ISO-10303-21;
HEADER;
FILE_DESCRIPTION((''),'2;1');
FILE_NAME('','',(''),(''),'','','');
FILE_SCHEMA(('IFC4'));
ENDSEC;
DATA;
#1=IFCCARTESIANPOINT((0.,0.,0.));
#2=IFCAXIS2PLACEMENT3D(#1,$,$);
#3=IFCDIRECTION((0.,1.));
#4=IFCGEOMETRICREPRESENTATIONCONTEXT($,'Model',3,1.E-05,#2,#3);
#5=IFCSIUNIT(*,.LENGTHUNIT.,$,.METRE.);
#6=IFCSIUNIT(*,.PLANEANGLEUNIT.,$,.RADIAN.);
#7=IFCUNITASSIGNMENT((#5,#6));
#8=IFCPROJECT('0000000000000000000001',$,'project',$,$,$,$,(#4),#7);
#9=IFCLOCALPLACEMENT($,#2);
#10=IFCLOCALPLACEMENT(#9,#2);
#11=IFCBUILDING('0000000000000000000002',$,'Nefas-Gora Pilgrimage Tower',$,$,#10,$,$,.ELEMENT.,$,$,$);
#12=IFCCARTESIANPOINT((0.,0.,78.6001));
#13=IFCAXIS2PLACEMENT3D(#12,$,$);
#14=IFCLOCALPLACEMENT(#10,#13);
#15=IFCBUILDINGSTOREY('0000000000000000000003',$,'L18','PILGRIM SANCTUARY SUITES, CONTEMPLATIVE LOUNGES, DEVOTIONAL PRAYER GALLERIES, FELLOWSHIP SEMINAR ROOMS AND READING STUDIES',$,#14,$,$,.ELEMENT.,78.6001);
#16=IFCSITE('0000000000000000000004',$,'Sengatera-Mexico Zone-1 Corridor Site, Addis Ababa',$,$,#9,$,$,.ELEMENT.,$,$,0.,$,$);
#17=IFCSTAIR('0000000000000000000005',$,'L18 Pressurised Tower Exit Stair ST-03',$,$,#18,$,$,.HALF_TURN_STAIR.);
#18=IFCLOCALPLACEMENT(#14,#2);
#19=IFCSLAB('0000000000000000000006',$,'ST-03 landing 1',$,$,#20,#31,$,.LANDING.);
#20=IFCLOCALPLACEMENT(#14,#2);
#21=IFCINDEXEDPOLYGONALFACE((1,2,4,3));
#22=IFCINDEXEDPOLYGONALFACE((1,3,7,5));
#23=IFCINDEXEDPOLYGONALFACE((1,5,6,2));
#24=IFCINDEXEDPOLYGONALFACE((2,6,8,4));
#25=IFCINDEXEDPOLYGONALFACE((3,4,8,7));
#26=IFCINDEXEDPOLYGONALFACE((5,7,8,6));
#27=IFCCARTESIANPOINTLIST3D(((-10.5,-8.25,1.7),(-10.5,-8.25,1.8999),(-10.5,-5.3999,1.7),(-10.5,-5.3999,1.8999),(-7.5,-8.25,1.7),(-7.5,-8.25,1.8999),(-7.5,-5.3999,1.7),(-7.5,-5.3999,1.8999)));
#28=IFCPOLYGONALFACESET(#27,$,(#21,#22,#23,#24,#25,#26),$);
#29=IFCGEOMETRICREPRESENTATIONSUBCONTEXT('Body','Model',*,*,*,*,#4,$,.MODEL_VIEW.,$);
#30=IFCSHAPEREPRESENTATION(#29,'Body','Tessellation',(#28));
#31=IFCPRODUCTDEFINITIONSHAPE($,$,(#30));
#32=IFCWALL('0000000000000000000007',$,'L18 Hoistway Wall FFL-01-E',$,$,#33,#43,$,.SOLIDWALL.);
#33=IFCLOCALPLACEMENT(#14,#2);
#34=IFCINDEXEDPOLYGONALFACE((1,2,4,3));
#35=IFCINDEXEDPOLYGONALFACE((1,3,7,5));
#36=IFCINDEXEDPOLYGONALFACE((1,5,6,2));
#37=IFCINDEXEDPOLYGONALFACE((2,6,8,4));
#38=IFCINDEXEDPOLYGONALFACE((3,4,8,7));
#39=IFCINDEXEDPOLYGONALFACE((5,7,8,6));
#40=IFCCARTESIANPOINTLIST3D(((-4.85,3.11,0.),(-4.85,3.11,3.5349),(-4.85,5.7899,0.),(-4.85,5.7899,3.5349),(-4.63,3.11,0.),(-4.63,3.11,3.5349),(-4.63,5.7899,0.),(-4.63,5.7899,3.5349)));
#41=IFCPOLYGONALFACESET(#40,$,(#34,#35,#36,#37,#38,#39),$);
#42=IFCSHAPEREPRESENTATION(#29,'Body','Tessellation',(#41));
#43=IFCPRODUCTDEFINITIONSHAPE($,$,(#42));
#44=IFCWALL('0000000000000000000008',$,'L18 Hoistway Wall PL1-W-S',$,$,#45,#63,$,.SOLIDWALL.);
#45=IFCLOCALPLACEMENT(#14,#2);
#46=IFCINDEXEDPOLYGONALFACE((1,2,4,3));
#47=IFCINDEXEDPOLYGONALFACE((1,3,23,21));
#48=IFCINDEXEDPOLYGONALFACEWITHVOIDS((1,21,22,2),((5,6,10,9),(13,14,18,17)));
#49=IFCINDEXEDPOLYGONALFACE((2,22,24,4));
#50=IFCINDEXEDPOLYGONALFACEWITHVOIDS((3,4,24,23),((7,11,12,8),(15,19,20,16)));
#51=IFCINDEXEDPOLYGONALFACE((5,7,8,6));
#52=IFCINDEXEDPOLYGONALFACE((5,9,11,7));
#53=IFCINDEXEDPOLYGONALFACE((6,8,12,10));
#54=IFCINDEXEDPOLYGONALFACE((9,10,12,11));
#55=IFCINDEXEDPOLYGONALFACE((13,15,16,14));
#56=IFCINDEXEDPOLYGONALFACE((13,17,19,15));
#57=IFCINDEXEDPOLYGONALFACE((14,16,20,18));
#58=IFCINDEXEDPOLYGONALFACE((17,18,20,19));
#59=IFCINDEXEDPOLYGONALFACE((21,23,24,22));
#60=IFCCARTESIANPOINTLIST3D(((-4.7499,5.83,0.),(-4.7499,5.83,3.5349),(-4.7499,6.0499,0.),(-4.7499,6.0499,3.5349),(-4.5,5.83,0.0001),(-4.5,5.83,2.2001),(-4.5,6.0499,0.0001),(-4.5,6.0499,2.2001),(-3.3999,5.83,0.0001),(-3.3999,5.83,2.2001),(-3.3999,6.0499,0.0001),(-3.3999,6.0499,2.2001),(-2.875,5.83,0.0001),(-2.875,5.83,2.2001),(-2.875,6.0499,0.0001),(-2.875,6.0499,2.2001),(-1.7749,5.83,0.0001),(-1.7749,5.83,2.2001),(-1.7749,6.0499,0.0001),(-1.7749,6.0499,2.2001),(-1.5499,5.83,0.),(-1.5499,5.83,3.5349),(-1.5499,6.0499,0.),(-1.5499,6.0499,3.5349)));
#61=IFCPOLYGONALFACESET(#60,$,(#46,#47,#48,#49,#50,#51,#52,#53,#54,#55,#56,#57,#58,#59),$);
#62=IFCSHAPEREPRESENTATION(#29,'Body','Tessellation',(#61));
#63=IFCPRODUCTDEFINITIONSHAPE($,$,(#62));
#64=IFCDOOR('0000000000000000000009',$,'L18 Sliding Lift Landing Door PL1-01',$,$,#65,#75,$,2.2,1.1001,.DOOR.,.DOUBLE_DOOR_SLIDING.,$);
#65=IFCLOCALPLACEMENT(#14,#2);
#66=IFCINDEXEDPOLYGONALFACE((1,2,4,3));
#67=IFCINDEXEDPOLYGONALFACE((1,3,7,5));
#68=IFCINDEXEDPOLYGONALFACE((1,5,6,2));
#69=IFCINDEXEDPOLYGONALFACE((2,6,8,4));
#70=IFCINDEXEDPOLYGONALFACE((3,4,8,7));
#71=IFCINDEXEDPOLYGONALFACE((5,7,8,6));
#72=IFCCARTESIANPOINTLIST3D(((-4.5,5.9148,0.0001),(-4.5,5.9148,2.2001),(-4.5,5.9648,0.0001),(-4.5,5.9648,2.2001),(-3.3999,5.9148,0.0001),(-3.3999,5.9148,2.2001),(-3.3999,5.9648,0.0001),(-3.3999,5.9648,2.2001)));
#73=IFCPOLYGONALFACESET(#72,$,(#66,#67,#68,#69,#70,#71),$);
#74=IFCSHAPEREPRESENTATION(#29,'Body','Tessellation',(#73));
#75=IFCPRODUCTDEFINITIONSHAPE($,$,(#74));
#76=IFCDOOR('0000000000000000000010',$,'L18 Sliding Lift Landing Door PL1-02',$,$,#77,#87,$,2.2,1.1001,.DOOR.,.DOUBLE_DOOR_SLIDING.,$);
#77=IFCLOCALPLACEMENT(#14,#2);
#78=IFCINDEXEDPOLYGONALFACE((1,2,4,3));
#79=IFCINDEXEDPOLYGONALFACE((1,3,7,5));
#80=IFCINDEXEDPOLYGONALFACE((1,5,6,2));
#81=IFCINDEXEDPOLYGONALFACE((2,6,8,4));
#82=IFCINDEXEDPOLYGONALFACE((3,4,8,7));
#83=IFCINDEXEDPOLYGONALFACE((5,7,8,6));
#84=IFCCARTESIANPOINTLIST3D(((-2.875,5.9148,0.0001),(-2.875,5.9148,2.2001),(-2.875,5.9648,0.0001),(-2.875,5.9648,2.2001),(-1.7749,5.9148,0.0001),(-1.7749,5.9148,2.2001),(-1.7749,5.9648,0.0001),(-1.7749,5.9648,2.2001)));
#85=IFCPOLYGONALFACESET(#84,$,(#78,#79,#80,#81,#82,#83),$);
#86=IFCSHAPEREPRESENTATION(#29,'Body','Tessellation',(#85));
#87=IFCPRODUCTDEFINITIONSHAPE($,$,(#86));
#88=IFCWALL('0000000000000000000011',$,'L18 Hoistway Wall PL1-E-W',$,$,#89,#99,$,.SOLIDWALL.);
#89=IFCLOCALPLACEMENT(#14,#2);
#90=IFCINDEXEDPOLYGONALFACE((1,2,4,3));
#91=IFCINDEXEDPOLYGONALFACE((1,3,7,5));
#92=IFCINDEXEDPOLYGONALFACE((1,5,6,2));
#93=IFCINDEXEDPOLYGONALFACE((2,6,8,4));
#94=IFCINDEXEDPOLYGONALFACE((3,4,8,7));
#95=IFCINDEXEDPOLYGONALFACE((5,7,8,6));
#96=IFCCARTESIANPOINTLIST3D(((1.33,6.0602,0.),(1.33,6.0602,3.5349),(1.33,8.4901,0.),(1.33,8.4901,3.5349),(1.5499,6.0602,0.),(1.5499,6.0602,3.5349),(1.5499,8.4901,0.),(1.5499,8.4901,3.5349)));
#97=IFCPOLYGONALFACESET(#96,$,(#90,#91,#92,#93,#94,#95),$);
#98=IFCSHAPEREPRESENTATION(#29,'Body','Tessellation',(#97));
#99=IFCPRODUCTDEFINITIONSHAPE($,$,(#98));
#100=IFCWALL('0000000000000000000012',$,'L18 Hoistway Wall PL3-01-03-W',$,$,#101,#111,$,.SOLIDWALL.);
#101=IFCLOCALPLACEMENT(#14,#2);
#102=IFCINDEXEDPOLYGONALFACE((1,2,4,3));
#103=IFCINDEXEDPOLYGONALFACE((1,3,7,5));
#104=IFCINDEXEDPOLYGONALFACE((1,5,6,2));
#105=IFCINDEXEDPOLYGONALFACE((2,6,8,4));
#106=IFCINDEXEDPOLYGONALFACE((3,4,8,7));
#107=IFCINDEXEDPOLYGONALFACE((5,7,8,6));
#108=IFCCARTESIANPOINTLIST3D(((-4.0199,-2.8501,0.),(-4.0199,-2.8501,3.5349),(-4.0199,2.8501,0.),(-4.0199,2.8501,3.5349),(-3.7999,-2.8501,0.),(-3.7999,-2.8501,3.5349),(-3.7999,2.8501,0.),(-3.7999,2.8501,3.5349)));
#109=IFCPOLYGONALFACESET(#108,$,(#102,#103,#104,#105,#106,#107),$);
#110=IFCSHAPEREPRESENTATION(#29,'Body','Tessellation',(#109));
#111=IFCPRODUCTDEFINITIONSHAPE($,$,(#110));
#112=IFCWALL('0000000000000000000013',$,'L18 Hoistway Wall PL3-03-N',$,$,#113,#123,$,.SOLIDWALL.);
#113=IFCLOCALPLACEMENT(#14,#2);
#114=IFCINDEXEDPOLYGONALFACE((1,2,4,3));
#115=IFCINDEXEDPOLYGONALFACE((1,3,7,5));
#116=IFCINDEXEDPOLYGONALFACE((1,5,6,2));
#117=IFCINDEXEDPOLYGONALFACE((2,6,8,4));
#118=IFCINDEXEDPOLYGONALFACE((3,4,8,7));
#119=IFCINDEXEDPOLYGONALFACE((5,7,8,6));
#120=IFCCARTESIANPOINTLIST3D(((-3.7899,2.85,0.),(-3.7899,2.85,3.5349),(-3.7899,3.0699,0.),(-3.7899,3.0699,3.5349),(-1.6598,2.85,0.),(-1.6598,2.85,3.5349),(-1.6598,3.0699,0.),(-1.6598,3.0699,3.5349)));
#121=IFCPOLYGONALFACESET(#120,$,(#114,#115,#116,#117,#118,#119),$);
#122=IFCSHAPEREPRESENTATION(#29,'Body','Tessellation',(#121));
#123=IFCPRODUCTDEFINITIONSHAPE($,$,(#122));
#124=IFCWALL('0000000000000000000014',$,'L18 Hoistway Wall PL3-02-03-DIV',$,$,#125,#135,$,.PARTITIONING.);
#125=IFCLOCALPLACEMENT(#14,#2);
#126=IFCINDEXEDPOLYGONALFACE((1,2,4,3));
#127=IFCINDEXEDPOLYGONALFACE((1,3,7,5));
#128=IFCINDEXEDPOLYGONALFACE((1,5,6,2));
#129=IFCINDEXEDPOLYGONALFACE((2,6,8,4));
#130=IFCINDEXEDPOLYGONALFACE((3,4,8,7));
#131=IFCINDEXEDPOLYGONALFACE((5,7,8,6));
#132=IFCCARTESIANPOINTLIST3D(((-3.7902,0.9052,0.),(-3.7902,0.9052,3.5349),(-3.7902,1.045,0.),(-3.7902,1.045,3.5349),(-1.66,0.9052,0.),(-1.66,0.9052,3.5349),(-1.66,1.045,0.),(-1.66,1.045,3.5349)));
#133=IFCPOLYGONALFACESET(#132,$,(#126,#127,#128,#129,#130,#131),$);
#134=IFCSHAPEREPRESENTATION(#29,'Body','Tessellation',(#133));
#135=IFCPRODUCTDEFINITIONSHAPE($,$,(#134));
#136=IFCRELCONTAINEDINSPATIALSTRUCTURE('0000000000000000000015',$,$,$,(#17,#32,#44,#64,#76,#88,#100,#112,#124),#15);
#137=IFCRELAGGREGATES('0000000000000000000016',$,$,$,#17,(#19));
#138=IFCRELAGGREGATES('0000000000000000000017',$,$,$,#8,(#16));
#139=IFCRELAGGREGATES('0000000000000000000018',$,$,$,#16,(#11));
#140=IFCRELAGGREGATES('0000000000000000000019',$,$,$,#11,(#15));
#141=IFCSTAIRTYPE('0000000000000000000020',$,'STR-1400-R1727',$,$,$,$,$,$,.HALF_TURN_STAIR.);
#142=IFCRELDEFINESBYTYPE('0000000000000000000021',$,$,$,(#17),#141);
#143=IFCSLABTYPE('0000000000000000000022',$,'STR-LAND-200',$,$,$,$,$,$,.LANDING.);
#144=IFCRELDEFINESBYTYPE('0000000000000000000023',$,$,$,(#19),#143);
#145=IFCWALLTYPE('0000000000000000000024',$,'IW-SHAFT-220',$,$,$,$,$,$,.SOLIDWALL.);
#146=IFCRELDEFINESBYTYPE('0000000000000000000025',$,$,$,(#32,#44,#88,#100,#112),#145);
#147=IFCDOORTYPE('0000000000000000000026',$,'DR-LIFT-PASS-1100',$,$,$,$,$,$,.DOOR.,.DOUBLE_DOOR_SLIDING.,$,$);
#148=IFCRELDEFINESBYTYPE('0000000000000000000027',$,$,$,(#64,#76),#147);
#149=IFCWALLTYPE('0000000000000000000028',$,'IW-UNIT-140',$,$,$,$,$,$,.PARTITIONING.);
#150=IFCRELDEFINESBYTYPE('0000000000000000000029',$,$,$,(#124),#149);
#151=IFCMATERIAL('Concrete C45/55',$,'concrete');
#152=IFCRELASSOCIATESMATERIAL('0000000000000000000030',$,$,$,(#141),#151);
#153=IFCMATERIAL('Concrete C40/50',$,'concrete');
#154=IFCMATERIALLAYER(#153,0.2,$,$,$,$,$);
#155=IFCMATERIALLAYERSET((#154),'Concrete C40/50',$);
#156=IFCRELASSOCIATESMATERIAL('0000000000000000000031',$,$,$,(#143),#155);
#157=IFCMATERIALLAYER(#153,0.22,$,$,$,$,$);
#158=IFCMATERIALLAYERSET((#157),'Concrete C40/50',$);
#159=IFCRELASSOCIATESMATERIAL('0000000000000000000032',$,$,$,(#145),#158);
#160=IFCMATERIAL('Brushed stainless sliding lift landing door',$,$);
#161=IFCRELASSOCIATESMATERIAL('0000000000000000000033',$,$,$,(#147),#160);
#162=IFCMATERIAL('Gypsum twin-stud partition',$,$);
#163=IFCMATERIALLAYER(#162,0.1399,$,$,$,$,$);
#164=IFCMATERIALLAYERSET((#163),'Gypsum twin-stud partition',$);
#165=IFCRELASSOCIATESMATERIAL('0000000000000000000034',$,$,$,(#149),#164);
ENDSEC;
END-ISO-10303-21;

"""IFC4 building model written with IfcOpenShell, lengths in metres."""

from ifc_helpers import new_model, si_unit, direction, frame, frame_2d, origin, place, context, subcontext, project, spatial, polyline, rectangle, outline, extrude, source, transform, mapped, material, layer, layer_set, type_object, element, fill, aggregate, save


model = new_model("IFC4")

# Units and contexts
model_context = context("Model", 3, precision=1e-05, world=origin(), true_north=direction((0.0, 1.0)))
body_context = subcontext(model_context, "Body", "Model", "MODEL_VIEW")
ifc_project = project(units=[si_unit("LENGTHUNIT", "METRE"), si_unit("PLANEANGLEUNIT", "RADIAN")], contexts=[model_context])

# Site, building, storey
site_placement = place(None, origin())
site = spatial("IfcSite", under=ifc_project, at=site_placement, Name="Sengatera-Mexico Zone-1 Corridor Site, Addis Ababa", CompositionType="ELEMENT", RefElevation=0.0)
building_placement = place(site_placement, origin())
building = spatial("IfcBuilding", under=site, at=building_placement, Name="Nefas-Gora Pilgrimage Tower", CompositionType="ELEMENT")
storey_placement = place(building_placement, frame((0.0, 0.0, 78.6001)))
storey = spatial("IfcBuildingStorey", under=building, at=storey_placement, Name="L18", Description="PILGRIM SANCTUARY SUITES, CONTEMPLATIVE LOUNGES, DEVOTIONAL PRAYER GALLERIES, FELLOWSHIP SEMINAR ROOMS AND READING STUDIES", CompositionType="ELEMENT", Elevation=78.6001)

# Shared definitions
ifc_material_1 = material(Name="Concrete C40/50", Category="concrete")

# Stair, slab
ifc_material_2 = material(Name="Concrete C45/55", Category="concrete")
stair_type = type_object("IfcStairType", Name="STR-1400-R1727", PredefinedType="HALF_TURN_STAIR", material=ifc_material_2)
ifc_layer_1 = layer(ifc_material_1, 0.2)
ifc_layer_set_1 = layer_set([ifc_layer_1], Name="Concrete C40/50")
slab_type_1 = type_object("IfcSlabType", Name="STR-LAND-200", PredefinedType="LANDING", material=ifc_layer_set_1)
stair_1_placement = place(storey_placement, origin())
stair_1 = element("IfcStair", 1, at=stair_1_placement, inside=storey, type_object=stair_type, Name="L18 Pressurised Tower Exit Stair ST-03", PredefinedType="HALF_TURN_STAIR")
slab_1_placement = place(storey_placement, frame((0.0, 0.0, 1.7)))
slab_1 = element("IfcSlab", 2, at=slab_1_placement, type_object=slab_type_1, Name="ST-03 landing 1", PredefinedType="LANDING", context=body_context, shape_type="SweptSolid", body=[
    extrude(outline(polyline([(-10.5, -5.3999), (-10.5, -8.25), (-7.5, -8.25), (-7.5, -5.3999), (-10.5, -5.3999)])), origin(), (0.0, 0.0, 1.0), 0.2),
])
aggregate(stair_1, [slab_1])

# Wall
ifc_layer_2 = layer(ifc_material_1, 0.22)
ifc_layer_set_2 = layer_set([ifc_layer_2], Name="Concrete C40/50")
wall_type_1 = type_object("IfcWallType", Name="IW-SHAFT-220", PredefinedType="SOLIDWALL", material=ifc_layer_set_2)
shared_shape_1 = source(origin(), body_context, "Body", "SweptSolid", [
    extrude(rectangle(XDim=2.6799, YDim=0.22, at=frame_2d((1.3398, 0.0))), origin(), (0.0, 0.0, 1.0), 3.5349),
])
wall_1_placement = place(storey_placement, frame((-4.74, 3.1101, 0.0), z_axis=(0.0, 0.0, 1.0), x_axis=(0.0, 1.0, 0.0)))
element("IfcWall", 3, at=wall_1_placement, inside=storey, type_object=wall_type_1, Name="L18 Hoistway Wall FFL-01-E", PredefinedType="SOLIDWALL", context=body_context, shape_type="MappedRepresentation", body=[
    mapped(shared_shape_1, transform((0.0, 0.0, 0.0), x_axis=(1.0, 0.0, 0.0), y_axis=(0.0, 1.0, 0.0), z_axis=(0.0, 0.0, 1.0), scale=1.0)),
])

# Wall, openings, doors
shared_shape_2 = source(origin(), body_context, "Body", "SweptSolid", [
    extrude(rectangle(XDim=3.2, YDim=0.22, at=frame_2d((1.6001, 0.0))), origin(), (0.0, 0.0, 1.0), 3.5349),
])
wall_2_placement = place(storey_placement, frame((-4.75, 5.9399, 0.0), z_axis=(0.0, 0.0, 1.0), x_axis=(1.0, 0.0, 0.0)))
wall_2 = element("IfcWall", 4, at=wall_2_placement, inside=storey, type_object=wall_type_1, Name="L18 Hoistway Wall PL1-W-S", PredefinedType="SOLIDWALL", context=body_context, shape_type="MappedRepresentation", body=[
    mapped(shared_shape_2, transform((0.0, 0.0, 0.0), x_axis=(1.0, 0.0, 0.0), y_axis=(0.0, 1.0, 0.0), z_axis=(0.0, 0.0, 1.0), scale=1.0)),
])
opening_1_placement = place(wall_2_placement, frame((0.25, 0.0, 0.0)))
opening_1 = element("IfcOpeningElement", 5, at=opening_1_placement, cuts=wall_2, PredefinedType="OPENING", context=body_context, shape_type="SweptSolid", body=[
    extrude(rectangle(XDim=1.1001, YDim=2.2, at=frame_2d((0.55, 1.1001))), frame((0.0, 0.1199, 0.0), z_axis=(0.0, -1.0, 0.0), x_axis=(1.0, 0.0, 0.0)), (0.0, 0.0, 1.0), 0.24),
])
opening_2_placement = place(wall_2_placement, frame((1.875, 0.0, 0.0)))
opening_2 = element("IfcOpeningElement", 6, at=opening_2_placement, cuts=wall_2, PredefinedType="OPENING", context=body_context, shape_type="SweptSolid", body=[
    extrude(rectangle(XDim=1.1001, YDim=2.2, at=frame_2d((0.55, 1.1001))), frame((0.0, 0.1199, 0.0), z_axis=(0.0, -1.0, 0.0), x_axis=(1.0, 0.0, 0.0)), (0.0, 0.0, 1.0), 0.24),
])
ifc_material_3 = material(Name="Brushed stainless sliding lift landing door")
door_type_1 = type_object("IfcDoorType", Name="DR-LIFT-PASS-1100", OperationType="DOUBLE_DOOR_SLIDING", PredefinedType="DOOR", material=ifc_material_3)
shared_shape_3 = source(origin(), body_context, "Body", "SweptSolid", [
    extrude(rectangle(XDim=1.1001, YDim=2.2, at=frame_2d((0.55, 1.1001))), frame((0.0, 0.0249, 0.0), z_axis=(0.0, -1.0, 0.0), x_axis=(1.0, 0.0, 0.0)), (0.0, 0.0, 1.0), 0.05),
])
door_1_placement = place(opening_1_placement, origin())
door_1 = element("IfcDoor", 7, at=door_1_placement, inside=storey, type_object=door_type_1, Name="L18 Sliding Lift Landing Door PL1-01", OperationType="DOUBLE_DOOR_SLIDING", OverallHeight=2.2, OverallWidth=1.1001, PredefinedType="DOOR", context=body_context, shape_type="MappedRepresentation", body=[
    mapped(shared_shape_3, transform((0.0, 0.0, 0.0), x_axis=(1.0, 0.0, 0.0), y_axis=(0.0, 1.0, 0.0), z_axis=(0.0, 0.0, 1.0), scale=1.0)),
])
fill(opening_1, door_1)
door_2_placement = place(opening_2_placement, origin())
door_2 = element("IfcDoor", 8, at=door_2_placement, inside=storey, type_object=door_type_1, Name="L18 Sliding Lift Landing Door PL1-02", OperationType="DOUBLE_DOOR_SLIDING", OverallHeight=2.2, OverallWidth=1.1001, PredefinedType="DOOR", context=body_context, shape_type="MappedRepresentation", body=[
    mapped(shared_shape_3, transform((0.0, 0.0, 0.0), x_axis=(1.0, 0.0, 0.0), y_axis=(0.0, 1.0, 0.0), z_axis=(0.0, 0.0, 1.0), scale=1.0)),
])
fill(opening_2, door_2)

# Walls
shared_shape_4 = source(origin(), body_context, "Body", "SweptSolid", [
    extrude(rectangle(XDim=2.4299, YDim=0.22, at=frame_2d((1.2148, 0.0))), origin(), (0.0, 0.0, 1.0), 3.5349),
])
for number, where, z_axis, x_axis, name in (
    (9, (1.4399, 8.49, 0.0), (0.0, 0.0, 1.0), (0.0, -1.0, 0.0), "L18 Hoistway Wall PL1-E-W"),
):
    element("IfcWall", number, at=place(storey_placement, frame(where, z_axis=z_axis, x_axis=x_axis)), inside=storey, type_object=wall_type_1, Name=name, PredefinedType="SOLIDWALL", context=body_context, shape_type="MappedRepresentation", body=[
        mapped(shared_shape_4, transform((0.0, 0.0, 0.0), x_axis=(1.0, 0.0, 0.0), y_axis=(0.0, 1.0, 0.0), z_axis=(0.0, 0.0, 1.0), scale=1.0)),
    ])
ifc_material_4 = material(Name="Gypsum twin-stud partition")
ifc_layer_3 = layer(ifc_material_4, 0.1399)
ifc_layer_set_3 = layer_set([ifc_layer_3], Name="Gypsum twin-stud partition")
wall_type_2 = type_object("IfcWallType", Name="IW-UNIT-140", PredefinedType="PARTITIONING", material=ifc_layer_set_3)
shared_shape_5 = source(origin(), body_context, "Body", "SweptSolid", [
    extrude(rectangle(XDim=5.7002, YDim=0.22, at=frame_2d((2.8501, 0.0))), origin(), (0.0, 0.0, 1.0), 3.5349),
])
wall_3_placement = place(storey_placement, frame((-3.9099, 2.8501, 0.0), z_axis=(0.0, 0.0, 1.0), x_axis=(0.0, -1.0, 0.0)))
element("IfcWall", 10, at=wall_3_placement, inside=storey, type_object=wall_type_1, Name="L18 Hoistway Wall PL3-01-03-W", PredefinedType="SOLIDWALL", context=body_context, shape_type="MappedRepresentation", body=[
    mapped(shared_shape_5, transform((0.0, 0.0, 0.0), x_axis=(1.0, 0.0, 0.0), y_axis=(0.0, 1.0, 0.0), z_axis=(0.0, 0.0, 1.0), scale=1.0)),
])
shared_shape_6 = source(origin(), body_context, "Body", "SweptSolid", [
    extrude(rectangle(XDim=2.1301, YDim=0.22, at=frame_2d((1.0649, 0.0))), origin(), (0.0, 0.0, 1.0), 3.5349),
])
wall_4_placement = place(storey_placement, frame((-1.6599, 2.96, 0.0), z_axis=(0.0, 0.0, 1.0), x_axis=(-1.0, 0.0, 0.0)))
element("IfcWall", 11, at=wall_4_placement, inside=storey, type_object=wall_type_1, Name="L18 Hoistway Wall PL3-03-N", PredefinedType="SOLIDWALL", context=body_context, shape_type="MappedRepresentation", body=[
    mapped(shared_shape_6, transform((0.0, 0.0, 0.0), x_axis=(1.0, 0.0, 0.0), y_axis=(0.0, 1.0, 0.0), z_axis=(0.0, 0.0, 1.0), scale=1.0)),
])
shared_shape_7 = source(origin(), body_context, "Body", "SweptSolid", [
    extrude(rectangle(XDim=2.1301, YDim=0.1399, at=frame_2d((1.0649, 0.0))), origin(), (0.0, 0.0, 1.0), 3.5349),
])
wall_5_placement = place(storey_placement, frame((-3.79, 0.9751, 0.0), z_axis=(0.0, 0.0, 1.0), x_axis=(1.0, 0.0, 0.0)))
element("IfcWall", 12, at=wall_5_placement, inside=storey, type_object=wall_type_2, Name="L18 Hoistway Wall PL3-02-03-DIV", PredefinedType="PARTITIONING", context=body_context, shape_type="MappedRepresentation", body=[
    mapped(shared_shape_7, transform((0.0, 0.0, 0.0), x_axis=(1.0, 0.0, 0.0), y_axis=(0.0, 1.0, 0.0), z_axis=(0.0, 0.0, 1.0), scale=1.0)),
])

save(model, "model.ifc")
